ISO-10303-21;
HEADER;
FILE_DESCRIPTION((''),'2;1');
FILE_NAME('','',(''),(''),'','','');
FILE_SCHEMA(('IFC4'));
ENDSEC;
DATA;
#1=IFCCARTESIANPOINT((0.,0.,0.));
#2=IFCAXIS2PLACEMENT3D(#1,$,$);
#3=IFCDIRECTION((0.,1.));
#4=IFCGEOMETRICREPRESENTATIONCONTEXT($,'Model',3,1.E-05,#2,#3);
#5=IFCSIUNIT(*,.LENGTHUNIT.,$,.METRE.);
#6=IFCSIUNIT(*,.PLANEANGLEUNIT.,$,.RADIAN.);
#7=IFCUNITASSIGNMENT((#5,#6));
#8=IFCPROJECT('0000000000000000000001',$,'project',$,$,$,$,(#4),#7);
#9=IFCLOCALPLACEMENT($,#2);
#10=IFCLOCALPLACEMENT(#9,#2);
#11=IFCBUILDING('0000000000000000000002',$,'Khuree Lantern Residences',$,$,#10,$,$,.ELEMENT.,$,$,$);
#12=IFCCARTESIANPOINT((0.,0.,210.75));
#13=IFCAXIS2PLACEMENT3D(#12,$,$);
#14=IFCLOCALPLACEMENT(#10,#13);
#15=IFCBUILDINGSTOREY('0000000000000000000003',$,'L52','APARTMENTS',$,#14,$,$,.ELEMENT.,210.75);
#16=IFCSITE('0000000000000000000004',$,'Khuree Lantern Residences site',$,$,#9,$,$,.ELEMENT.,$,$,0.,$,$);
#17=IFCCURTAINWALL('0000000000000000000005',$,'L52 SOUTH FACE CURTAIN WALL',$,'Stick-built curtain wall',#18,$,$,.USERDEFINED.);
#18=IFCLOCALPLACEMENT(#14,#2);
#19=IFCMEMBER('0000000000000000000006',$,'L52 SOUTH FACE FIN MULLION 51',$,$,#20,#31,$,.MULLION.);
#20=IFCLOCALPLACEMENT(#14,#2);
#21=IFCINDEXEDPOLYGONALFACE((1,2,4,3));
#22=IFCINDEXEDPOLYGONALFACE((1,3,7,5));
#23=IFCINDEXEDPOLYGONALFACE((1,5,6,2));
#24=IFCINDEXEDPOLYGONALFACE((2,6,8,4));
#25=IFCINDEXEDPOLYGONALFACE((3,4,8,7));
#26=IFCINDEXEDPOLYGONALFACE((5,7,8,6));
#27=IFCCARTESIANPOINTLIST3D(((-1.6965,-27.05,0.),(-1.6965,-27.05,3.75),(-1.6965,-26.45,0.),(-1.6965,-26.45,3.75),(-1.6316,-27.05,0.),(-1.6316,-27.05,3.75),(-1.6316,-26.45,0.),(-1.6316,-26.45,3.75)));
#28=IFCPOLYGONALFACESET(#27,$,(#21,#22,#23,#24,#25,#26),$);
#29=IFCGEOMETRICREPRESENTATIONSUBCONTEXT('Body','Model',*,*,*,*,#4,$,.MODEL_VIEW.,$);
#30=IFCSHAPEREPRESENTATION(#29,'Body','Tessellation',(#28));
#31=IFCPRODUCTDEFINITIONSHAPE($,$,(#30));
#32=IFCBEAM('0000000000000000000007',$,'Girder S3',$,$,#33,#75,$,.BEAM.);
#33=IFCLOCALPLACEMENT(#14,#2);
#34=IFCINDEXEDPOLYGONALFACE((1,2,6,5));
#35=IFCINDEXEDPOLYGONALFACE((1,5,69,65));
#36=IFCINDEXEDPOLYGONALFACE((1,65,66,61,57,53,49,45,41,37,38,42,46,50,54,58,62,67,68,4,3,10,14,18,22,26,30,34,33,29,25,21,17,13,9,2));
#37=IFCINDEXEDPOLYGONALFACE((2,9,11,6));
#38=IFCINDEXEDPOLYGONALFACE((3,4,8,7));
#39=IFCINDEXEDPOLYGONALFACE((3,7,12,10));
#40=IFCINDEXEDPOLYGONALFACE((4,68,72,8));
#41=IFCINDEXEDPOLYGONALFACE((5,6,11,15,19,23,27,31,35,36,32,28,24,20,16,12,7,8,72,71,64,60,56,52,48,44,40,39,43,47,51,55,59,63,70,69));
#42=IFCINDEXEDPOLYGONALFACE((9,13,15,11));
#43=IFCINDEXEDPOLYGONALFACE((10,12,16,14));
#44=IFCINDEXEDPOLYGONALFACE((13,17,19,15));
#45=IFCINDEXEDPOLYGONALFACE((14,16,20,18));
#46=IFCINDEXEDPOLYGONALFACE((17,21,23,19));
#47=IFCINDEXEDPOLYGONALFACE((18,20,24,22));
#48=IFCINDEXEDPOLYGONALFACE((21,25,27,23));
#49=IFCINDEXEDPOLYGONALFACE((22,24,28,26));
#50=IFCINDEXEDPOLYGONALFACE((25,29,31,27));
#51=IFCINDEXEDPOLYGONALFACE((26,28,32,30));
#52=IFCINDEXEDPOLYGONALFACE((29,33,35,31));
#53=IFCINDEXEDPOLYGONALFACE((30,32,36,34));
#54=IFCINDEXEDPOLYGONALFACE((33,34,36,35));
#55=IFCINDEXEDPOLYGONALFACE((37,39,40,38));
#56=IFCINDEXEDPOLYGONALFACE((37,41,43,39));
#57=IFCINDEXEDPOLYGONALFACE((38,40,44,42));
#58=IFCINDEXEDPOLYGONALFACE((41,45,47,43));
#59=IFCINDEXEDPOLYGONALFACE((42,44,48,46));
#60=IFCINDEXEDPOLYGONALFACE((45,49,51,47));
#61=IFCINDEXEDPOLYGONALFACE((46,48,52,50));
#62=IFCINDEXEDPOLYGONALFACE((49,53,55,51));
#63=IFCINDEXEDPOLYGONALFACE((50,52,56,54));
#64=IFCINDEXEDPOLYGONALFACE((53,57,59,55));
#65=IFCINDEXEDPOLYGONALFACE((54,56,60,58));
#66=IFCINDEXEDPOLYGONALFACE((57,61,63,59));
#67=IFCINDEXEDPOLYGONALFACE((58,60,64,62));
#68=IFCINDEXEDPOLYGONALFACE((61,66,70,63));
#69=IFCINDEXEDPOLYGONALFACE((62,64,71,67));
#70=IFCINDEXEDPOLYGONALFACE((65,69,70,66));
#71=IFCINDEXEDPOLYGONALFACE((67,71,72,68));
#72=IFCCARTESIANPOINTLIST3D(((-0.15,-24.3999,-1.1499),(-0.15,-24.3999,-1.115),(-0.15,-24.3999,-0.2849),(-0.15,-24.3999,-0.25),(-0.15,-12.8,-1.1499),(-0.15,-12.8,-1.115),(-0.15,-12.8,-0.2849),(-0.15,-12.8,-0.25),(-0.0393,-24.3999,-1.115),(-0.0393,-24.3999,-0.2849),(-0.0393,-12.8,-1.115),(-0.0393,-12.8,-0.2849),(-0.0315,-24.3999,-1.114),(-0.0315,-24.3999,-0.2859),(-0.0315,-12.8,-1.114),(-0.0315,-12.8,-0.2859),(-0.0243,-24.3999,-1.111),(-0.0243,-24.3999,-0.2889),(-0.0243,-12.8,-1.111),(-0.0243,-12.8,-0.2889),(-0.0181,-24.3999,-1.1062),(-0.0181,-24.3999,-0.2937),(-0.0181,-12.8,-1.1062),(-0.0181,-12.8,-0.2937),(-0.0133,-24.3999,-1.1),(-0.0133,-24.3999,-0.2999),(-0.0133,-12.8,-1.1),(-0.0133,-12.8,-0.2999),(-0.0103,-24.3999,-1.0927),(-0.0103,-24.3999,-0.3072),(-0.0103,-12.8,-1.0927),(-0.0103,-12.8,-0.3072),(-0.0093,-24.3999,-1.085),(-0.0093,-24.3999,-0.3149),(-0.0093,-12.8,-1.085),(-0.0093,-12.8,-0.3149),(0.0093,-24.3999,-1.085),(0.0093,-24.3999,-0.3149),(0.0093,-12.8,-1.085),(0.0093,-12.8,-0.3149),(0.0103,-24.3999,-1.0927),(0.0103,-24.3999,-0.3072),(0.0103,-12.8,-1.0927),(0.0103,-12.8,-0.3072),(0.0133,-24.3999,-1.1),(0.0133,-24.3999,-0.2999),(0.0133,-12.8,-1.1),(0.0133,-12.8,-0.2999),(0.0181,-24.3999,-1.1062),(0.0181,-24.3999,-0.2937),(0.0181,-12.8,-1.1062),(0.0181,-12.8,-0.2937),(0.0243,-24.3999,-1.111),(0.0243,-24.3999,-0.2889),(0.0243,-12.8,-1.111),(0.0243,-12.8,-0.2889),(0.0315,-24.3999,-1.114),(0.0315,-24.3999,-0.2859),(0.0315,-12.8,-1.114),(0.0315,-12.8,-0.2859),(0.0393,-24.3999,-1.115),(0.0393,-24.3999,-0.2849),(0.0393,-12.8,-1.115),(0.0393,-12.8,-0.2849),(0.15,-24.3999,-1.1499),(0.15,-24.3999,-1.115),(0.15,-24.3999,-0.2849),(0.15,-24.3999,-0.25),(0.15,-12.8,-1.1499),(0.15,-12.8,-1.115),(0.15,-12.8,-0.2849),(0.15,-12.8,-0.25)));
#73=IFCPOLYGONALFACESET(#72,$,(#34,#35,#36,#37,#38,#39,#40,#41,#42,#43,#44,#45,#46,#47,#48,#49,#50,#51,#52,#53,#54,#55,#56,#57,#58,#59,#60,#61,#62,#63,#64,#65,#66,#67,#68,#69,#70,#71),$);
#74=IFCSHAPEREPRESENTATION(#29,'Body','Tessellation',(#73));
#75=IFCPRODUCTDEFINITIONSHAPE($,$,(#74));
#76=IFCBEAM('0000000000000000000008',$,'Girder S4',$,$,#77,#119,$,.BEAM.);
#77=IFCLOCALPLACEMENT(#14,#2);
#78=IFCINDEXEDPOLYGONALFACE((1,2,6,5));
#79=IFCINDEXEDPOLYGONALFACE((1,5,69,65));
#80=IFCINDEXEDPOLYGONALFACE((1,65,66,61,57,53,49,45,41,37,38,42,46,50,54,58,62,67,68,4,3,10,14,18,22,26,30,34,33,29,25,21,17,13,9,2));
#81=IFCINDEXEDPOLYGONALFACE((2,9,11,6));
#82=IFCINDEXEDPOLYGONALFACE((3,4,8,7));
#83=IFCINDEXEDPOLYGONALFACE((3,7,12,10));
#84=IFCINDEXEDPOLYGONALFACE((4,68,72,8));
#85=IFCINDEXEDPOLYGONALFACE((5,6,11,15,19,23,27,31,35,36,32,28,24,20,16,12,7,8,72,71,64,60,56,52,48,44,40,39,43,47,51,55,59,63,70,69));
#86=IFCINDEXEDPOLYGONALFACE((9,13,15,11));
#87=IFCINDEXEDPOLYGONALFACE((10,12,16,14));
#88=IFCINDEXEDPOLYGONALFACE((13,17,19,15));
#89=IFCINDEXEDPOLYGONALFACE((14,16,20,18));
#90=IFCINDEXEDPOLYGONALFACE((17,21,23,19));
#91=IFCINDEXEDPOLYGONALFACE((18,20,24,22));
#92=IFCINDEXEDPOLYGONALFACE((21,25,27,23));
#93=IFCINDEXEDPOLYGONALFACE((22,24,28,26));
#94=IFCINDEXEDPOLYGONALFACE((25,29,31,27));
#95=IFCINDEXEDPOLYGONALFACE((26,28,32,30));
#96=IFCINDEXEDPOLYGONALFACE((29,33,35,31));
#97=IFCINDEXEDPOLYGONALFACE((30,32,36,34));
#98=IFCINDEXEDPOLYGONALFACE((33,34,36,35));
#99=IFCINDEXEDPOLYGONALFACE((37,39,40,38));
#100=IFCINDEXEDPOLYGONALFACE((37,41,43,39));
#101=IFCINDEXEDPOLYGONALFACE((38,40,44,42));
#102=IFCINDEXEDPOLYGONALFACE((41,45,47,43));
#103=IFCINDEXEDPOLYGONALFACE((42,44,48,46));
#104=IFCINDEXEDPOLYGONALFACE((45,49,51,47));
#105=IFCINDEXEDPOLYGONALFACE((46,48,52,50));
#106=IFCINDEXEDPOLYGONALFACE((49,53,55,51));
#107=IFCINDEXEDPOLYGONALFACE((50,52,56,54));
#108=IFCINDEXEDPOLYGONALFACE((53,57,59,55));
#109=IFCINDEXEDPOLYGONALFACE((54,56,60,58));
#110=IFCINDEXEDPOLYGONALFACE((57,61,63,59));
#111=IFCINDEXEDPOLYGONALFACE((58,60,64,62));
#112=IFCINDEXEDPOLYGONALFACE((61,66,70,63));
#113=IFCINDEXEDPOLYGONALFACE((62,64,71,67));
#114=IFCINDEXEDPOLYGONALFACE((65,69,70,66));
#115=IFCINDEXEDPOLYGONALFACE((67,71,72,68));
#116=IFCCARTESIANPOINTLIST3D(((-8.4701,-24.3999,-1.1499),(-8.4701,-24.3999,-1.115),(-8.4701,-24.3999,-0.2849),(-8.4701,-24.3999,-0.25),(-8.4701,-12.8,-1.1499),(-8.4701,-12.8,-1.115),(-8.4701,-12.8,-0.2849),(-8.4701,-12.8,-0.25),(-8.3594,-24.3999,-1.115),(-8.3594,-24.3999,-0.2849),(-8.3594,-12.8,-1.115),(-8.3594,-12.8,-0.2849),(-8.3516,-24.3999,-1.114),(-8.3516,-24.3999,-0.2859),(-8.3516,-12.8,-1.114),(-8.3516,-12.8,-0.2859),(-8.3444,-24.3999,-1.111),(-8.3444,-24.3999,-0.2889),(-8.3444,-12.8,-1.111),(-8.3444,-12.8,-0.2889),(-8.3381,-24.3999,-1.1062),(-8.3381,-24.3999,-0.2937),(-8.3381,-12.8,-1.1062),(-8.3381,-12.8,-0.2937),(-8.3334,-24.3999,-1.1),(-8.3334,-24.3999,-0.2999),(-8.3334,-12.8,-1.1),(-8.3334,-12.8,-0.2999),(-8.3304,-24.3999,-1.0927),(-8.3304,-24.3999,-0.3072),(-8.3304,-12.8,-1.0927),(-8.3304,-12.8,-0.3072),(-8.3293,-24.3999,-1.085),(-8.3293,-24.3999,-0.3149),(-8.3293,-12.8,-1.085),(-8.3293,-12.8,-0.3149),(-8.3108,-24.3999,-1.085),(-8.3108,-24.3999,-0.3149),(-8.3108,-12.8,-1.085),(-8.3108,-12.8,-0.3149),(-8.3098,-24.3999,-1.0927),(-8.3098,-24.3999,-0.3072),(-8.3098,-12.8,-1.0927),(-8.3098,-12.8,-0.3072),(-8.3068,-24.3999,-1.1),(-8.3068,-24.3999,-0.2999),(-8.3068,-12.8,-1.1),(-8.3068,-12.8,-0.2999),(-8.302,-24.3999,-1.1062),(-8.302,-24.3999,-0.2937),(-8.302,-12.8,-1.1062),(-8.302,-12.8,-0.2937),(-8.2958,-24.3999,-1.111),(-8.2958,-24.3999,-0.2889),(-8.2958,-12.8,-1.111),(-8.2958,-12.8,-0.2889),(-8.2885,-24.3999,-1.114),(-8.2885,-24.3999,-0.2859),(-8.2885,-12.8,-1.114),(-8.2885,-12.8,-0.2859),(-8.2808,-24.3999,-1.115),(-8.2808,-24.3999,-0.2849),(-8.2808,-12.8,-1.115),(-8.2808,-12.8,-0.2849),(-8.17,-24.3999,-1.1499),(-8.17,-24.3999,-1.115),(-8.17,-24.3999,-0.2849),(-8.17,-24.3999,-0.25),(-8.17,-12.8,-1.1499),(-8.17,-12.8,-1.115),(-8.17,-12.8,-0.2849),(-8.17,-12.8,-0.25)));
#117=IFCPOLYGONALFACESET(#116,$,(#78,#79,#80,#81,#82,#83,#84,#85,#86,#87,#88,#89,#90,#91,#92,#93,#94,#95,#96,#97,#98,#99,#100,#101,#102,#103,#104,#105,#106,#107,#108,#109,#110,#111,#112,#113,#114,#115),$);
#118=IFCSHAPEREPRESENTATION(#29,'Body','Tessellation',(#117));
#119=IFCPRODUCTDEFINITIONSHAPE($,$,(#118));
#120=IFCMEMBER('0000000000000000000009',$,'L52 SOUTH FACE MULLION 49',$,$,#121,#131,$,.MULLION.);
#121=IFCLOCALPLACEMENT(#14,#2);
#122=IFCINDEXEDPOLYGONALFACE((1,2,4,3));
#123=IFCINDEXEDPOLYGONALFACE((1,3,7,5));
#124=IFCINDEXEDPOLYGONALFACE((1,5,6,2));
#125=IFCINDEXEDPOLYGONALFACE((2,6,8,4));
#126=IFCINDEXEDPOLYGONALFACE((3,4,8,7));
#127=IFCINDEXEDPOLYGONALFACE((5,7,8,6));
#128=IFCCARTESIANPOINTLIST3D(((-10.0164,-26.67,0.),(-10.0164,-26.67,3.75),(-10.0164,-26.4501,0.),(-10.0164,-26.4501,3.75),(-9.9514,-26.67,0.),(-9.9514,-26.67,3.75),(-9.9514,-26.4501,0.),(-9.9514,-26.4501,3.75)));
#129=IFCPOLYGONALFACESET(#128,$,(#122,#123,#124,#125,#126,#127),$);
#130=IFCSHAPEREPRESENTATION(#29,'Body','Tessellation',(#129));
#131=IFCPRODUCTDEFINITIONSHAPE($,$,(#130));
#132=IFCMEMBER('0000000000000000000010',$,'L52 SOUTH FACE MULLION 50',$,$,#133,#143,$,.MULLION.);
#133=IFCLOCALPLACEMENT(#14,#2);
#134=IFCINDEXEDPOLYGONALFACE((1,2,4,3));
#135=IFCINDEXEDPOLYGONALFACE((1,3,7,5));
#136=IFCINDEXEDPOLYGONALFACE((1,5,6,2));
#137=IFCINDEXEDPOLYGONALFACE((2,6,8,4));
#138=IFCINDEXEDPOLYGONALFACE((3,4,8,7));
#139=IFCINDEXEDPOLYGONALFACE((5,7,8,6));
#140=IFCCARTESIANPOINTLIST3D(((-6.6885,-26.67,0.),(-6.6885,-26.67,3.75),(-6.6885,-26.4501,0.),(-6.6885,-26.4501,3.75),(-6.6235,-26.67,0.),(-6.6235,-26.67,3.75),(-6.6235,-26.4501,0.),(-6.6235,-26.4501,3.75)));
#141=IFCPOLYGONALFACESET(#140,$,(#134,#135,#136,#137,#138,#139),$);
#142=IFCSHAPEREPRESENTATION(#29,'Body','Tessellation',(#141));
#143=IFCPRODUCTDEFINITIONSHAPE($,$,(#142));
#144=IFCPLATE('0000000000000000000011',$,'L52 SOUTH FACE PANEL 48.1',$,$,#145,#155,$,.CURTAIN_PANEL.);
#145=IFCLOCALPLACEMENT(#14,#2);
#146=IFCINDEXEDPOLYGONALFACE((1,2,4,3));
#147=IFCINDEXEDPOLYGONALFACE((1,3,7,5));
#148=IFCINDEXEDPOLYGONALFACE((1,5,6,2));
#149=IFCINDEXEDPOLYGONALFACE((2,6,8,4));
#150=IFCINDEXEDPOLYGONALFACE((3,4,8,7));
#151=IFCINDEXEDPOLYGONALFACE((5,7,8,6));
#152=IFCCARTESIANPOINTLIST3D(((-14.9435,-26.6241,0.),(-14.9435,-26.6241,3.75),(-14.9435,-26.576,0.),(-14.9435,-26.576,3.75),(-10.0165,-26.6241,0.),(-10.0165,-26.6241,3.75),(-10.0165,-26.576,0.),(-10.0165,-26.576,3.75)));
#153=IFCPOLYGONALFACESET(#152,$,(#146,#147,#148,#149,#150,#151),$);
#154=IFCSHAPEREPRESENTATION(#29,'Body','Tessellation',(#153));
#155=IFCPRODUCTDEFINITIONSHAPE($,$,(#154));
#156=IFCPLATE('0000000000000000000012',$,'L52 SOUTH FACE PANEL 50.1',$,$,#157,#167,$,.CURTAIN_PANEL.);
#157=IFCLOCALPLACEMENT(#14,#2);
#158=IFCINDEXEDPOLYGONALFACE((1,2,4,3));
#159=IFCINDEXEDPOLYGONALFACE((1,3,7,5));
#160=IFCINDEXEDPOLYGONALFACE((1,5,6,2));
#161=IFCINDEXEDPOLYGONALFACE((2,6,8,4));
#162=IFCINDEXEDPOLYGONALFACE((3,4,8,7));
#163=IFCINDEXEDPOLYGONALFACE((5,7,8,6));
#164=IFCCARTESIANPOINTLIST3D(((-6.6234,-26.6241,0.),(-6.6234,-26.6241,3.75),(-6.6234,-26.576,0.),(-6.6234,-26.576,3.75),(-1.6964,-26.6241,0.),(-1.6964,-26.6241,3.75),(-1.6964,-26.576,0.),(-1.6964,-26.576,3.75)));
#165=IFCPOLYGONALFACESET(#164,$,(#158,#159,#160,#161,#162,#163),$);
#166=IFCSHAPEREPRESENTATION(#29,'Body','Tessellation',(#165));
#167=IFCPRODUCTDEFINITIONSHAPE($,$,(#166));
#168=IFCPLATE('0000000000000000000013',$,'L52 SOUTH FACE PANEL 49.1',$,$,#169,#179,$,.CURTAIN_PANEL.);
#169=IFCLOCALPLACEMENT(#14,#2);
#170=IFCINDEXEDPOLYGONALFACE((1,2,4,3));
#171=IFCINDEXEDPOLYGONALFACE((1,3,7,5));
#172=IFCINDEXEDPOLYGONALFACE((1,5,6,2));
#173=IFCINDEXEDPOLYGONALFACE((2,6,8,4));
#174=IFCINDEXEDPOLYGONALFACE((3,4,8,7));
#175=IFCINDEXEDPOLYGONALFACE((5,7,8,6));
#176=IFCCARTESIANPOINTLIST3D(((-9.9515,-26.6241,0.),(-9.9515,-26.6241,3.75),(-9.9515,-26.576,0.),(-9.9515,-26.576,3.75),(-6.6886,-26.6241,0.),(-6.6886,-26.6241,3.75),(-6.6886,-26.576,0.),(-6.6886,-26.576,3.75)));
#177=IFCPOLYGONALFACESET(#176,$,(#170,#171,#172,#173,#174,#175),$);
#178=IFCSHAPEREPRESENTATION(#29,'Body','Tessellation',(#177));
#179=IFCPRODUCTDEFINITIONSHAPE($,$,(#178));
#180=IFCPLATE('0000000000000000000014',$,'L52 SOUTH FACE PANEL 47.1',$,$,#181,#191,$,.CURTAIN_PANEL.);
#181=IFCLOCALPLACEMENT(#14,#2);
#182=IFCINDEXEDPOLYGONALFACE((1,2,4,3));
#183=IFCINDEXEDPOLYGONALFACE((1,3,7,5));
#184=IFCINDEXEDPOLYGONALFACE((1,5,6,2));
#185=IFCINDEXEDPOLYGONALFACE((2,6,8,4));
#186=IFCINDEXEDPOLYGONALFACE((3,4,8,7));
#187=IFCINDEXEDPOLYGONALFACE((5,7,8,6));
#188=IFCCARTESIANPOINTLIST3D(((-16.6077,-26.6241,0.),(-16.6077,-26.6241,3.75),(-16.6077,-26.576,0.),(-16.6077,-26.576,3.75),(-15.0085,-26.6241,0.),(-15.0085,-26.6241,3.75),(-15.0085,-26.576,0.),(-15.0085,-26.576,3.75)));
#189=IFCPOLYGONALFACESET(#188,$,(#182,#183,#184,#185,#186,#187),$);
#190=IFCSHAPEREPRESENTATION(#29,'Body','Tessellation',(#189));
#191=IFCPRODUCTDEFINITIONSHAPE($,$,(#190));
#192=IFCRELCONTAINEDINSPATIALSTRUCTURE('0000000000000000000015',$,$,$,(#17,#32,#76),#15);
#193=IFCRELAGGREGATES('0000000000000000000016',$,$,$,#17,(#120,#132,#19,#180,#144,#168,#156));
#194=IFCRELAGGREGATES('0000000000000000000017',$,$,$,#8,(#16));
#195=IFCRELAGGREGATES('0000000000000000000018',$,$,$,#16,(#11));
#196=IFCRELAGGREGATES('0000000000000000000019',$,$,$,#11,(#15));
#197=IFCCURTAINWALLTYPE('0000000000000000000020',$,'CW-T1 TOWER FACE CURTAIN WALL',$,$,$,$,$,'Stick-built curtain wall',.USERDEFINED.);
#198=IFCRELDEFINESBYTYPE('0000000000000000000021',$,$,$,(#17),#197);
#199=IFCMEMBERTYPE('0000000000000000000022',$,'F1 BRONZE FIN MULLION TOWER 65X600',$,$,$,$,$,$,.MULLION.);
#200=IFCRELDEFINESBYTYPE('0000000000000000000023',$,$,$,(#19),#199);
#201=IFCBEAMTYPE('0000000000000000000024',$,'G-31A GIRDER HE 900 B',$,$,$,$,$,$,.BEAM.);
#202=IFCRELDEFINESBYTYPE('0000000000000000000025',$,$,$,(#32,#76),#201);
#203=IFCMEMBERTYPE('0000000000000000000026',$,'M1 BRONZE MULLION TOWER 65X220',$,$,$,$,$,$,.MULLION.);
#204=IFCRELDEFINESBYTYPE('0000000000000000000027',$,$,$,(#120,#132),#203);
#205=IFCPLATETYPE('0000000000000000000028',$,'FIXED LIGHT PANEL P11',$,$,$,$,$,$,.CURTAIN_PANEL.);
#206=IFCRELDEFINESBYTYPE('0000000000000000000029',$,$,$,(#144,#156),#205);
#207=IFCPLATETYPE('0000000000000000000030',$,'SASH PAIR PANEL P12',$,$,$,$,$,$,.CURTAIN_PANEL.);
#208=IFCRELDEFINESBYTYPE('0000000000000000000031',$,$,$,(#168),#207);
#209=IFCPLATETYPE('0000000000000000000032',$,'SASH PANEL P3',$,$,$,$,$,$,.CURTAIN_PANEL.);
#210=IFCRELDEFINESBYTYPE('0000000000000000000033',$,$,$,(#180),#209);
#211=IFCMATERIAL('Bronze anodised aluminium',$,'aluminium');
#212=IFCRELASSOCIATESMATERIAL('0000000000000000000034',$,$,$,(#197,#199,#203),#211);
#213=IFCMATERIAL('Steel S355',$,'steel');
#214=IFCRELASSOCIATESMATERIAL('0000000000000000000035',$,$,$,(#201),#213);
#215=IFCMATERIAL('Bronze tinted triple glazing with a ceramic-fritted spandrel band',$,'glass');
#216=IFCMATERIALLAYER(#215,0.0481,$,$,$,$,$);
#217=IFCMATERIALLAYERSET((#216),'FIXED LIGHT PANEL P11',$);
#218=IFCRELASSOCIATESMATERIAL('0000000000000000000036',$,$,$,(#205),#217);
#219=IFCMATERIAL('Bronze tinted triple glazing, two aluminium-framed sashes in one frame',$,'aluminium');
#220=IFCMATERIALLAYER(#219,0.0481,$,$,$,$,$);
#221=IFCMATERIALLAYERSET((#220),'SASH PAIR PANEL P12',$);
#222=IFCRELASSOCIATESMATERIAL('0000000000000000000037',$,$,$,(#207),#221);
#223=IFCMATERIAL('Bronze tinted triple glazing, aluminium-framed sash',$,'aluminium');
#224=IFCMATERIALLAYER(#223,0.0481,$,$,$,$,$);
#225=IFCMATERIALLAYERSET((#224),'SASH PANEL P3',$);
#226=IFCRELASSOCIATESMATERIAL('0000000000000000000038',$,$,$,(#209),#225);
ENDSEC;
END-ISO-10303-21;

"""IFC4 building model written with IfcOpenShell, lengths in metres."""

from ifc_helpers import new_model, si_unit, direction, frame, origin, origin_2d, place, context, subcontext, project, spatial, rectangle, i_section, extrude, material, layer, layer_set, material_profile, profile_set, type_object, element, aggregate, save


model = new_model("IFC4")

# Units and contexts
model_context = context("Model", 3, precision=1e-05, world=origin(), true_north=direction((0.0, 1.0)))
body_context = subcontext(model_context, "Body", "Model", "MODEL_VIEW")
ifc_project = project(units=[si_unit("LENGTHUNIT", "METRE"), si_unit("PLANEANGLEUNIT", "RADIAN")], contexts=[model_context])

# Site, building, storey
site_placement = place(None, origin())
site = spatial("IfcSite", under=ifc_project, at=site_placement, Name="Khuree Lantern Residences site", CompositionType="ELEMENT", RefElevation=0.0)
building_placement = place(site_placement, origin())
building = spatial("IfcBuilding", under=site, at=building_placement, Name="Khuree Lantern Residences", CompositionType="ELEMENT")
storey_placement = place(building_placement, frame((0.0, 0.0, 210.75)))
storey = spatial("IfcBuildingStorey", under=building, at=storey_placement, Name="L52", Description="APARTMENTS", CompositionType="ELEMENT", Elevation=210.75)

# Shared definitions
ifc_material_1 = material(Name="Steel S355", Category="steel")

# Curtain wall, member
ifc_material_2 = material(Name="Bronze anodised aluminium", Category="aluminium")
curtain_wall_type = type_object("IfcCurtainWallType", Name="CW-T1 TOWER FACE CURTAIN WALL", ElementType="Stick-built curtain wall", PredefinedType="USERDEFINED", material=ifc_material_2)
curtain_wall_placement = place(storey_placement, origin())
curtain_wall = element("IfcCurtainWall", 1, at=curtain_wall_placement, inside=storey, type_object=curtain_wall_type, Name="L52 SOUTH FACE CURTAIN WALL", ObjectType="Stick-built curtain wall", PredefinedType="USERDEFINED")
ifc_material_profile_1 = material_profile(ifc_material_2, rectangle(XDim=0.0649, YDim=0.6001, at=origin_2d()), Name="F1 65X600")
ifc_profile_set_1 = profile_set([ifc_material_profile_1], Name="Bronze anodised aluminium")
member_type_1 = type_object("IfcMemberType", Name="F1 BRONZE FIN MULLION TOWER 65X600", PredefinedType="MULLION", material=ifc_profile_set_1)
member_1_placement = place(storey_placement, frame((-1.6641, -26.75, 0.0), z_axis=(0.0, 0.0, 1.0), x_axis=(1.0, 0.0, 0.0)))
member_1 = element("IfcMember", 2, at=member_1_placement, type_object=member_type_1, Name="L52 SOUTH FACE FIN MULLION 51", PredefinedType="MULLION", context=body_context, shape_type="SweptSolid", body=[
    extrude(rectangle(XDim=0.0649, YDim=0.6001, at=origin_2d()), origin(), (0.0, 0.0, 1.0), 3.75),
])

# Beams
ifc_material_profile_2 = material_profile(ifc_material_1, i_section(OverallWidth=0.3, OverallDepth=0.8999, WebThickness=0.0186, FlangeThickness=0.0349, FilletRadius=0.03, at=origin_2d()), Name="HE 900 B")
ifc_profile_set_2 = profile_set([ifc_material_profile_2], Name="Steel S355")
beam_type_1 = type_object("IfcBeamType", Name="G-31A GIRDER HE 900 B", PredefinedType="BEAM", material=ifc_profile_set_2)
for number, where, z_axis, x_axis, name in (
    (3, (0.0, -24.3999, -0.7), (0.0, 1.0, 0.0), (-1.0, 0.0, 0.0), "Girder S3"),
    (4, (-8.3201, -24.3999, -0.7), (0.0, 1.0, 0.0), (-1.0, 0.0, 0.0), "Girder S4"),
):
    element("IfcBeam", number, at=place(storey_placement, frame(where, z_axis=z_axis, x_axis=x_axis)), inside=storey, type_object=beam_type_1, Name=name, PredefinedType="BEAM", context=body_context, shape_type="SweptSolid", body=[
        extrude(i_section(OverallWidth=0.3, OverallDepth=0.8999, WebThickness=0.0186, FlangeThickness=0.0349, FilletRadius=0.03, at=origin_2d()), origin(), (0.0, 0.0, 1.0), 11.5999),
    ])

# Members
ifc_material_profile_3 = material_profile(ifc_material_2, rectangle(XDim=0.0649, YDim=0.22, at=origin_2d()), Name="M1 65X220")
ifc_profile_set_3 = profile_set([ifc_material_profile_3], Name="Bronze anodised aluminium")
member_type_2 = type_object("IfcMemberType", Name="M1 BRONZE MULLION TOWER 65X220", PredefinedType="MULLION", material=ifc_profile_set_3)
member_2_placement = place(storey_placement, frame((-9.9839, -26.5601, 0.0), z_axis=(0.0, 0.0, 1.0), x_axis=(1.0, 0.0, 0.0)))
member_2 = element("IfcMember", 5, at=member_2_placement, type_object=member_type_2, Name="L52 SOUTH FACE MULLION 49", PredefinedType="MULLION", context=body_context, shape_type="SweptSolid", body=[
    extrude(rectangle(XDim=0.0649, YDim=0.22, at=origin_2d()), origin(), (0.0, 0.0, 1.0), 3.75),
])
member_3_placement = place(storey_placement, frame((-6.656, -26.5601, 0.0), z_axis=(0.0, 0.0, 1.0), x_axis=(1.0, 0.0, 0.0)))
member_3 = element("IfcMember", 6, at=member_3_placement, type_object=member_type_2, Name="L52 SOUTH FACE MULLION 50", PredefinedType="MULLION", context=body_context, shape_type="SweptSolid", body=[
    extrude(rectangle(XDim=0.0649, YDim=0.22, at=origin_2d()), origin(), (0.0, 0.0, 1.0), 3.75),
])

# Plates
ifc_material_3 = material(Name="Bronze tinted triple glazing with a ceramic-fritted spandrel band", Category="glass")
ifc_layer_1 = layer(ifc_material_3, 0.0481)
ifc_layer_set_1 = layer_set([ifc_layer_1], Name="FIXED LIGHT PANEL P11")
plate_type_1 = type_object("IfcPlateType", Name="FIXED LIGHT PANEL P11", PredefinedType="CURTAIN_PANEL", material=ifc_layer_set_1)
plate_1_placement = place(storey_placement, frame((-12.48, -26.6001, 0.0), z_axis=(0.0, 0.0, 1.0), x_axis=(1.0, 0.0, 0.0)))
plate_1 = element("IfcPlate", 7, at=plate_1_placement, type_object=plate_type_1, Name="L52 SOUTH FACE PANEL 48.1", PredefinedType="CURTAIN_PANEL", context=body_context, shape_type="SweptSolid", body=[
    extrude(rectangle(XDim=4.927, YDim=0.0481, at=origin_2d()), origin(), (0.0, 0.0, 1.0), 3.75),
])
plate_2_placement = place(storey_placement, frame((-4.1599, -26.6001, 0.0), z_axis=(0.0, 0.0, 1.0), x_axis=(1.0, 0.0, 0.0)))
plate_2 = element("IfcPlate", 8, at=plate_2_placement, type_object=plate_type_1, Name="L52 SOUTH FACE PANEL 50.1", PredefinedType="CURTAIN_PANEL", context=body_context, shape_type="SweptSolid", body=[
    extrude(rectangle(XDim=4.927, YDim=0.0481, at=origin_2d()), origin(), (0.0, 0.0, 1.0), 3.75),
])
ifc_material_4 = material(Name="Bronze tinted triple glazing, two aluminium-framed sashes in one frame", Category="aluminium")
ifc_layer_2 = layer(ifc_material_4, 0.0481)
ifc_layer_set_2 = layer_set([ifc_layer_2], Name="SASH PAIR PANEL P12")
plate_type_2 = type_object("IfcPlateType", Name="SASH PAIR PANEL P12", PredefinedType="CURTAIN_PANEL", material=ifc_layer_set_2)
plate_3_placement = place(storey_placement, frame((-8.3201, -26.6001, 0.0), z_axis=(0.0, 0.0, 1.0), x_axis=(1.0, 0.0, 0.0)))
plate_3 = element("IfcPlate", 9, at=plate_3_placement, type_object=plate_type_2, Name="L52 SOUTH FACE PANEL 49.1", PredefinedType="CURTAIN_PANEL", context=body_context, shape_type="SweptSolid", body=[
    extrude(rectangle(XDim=3.2629, YDim=0.0481, at=origin_2d()), origin(), (0.0, 0.0, 1.0), 3.75),
])
ifc_material_5 = material(Name="Bronze tinted triple glazing, aluminium-framed sash", Category="aluminium")
ifc_layer_3 = layer(ifc_material_5, 0.0481)
ifc_layer_set_3 = layer_set([ifc_layer_3], Name="SASH PANEL P3")
plate_type_3 = type_object("IfcPlateType", Name="SASH PANEL P3", PredefinedType="CURTAIN_PANEL", material=ifc_layer_set_3)
plate_4_placement = place(storey_placement, frame((-15.8081, -26.6001, 0.0), z_axis=(0.0, 0.0, 1.0), x_axis=(1.0, 0.0, 0.0)))
plate_4 = element("IfcPlate", 10, at=plate_4_placement, type_object=plate_type_3, Name="L52 SOUTH FACE PANEL 47.1", PredefinedType="CURTAIN_PANEL", context=body_context, shape_type="SweptSolid", body=[
    extrude(rectangle(XDim=1.5991, YDim=0.0481, at=origin_2d()), origin(), (0.0, 0.0, 1.0), 3.75),
])
aggregate(curtain_wall, [member_2, member_3, member_1, plate_4, plate_1, plate_3, plate_2])

save(model, "model.ifc")
